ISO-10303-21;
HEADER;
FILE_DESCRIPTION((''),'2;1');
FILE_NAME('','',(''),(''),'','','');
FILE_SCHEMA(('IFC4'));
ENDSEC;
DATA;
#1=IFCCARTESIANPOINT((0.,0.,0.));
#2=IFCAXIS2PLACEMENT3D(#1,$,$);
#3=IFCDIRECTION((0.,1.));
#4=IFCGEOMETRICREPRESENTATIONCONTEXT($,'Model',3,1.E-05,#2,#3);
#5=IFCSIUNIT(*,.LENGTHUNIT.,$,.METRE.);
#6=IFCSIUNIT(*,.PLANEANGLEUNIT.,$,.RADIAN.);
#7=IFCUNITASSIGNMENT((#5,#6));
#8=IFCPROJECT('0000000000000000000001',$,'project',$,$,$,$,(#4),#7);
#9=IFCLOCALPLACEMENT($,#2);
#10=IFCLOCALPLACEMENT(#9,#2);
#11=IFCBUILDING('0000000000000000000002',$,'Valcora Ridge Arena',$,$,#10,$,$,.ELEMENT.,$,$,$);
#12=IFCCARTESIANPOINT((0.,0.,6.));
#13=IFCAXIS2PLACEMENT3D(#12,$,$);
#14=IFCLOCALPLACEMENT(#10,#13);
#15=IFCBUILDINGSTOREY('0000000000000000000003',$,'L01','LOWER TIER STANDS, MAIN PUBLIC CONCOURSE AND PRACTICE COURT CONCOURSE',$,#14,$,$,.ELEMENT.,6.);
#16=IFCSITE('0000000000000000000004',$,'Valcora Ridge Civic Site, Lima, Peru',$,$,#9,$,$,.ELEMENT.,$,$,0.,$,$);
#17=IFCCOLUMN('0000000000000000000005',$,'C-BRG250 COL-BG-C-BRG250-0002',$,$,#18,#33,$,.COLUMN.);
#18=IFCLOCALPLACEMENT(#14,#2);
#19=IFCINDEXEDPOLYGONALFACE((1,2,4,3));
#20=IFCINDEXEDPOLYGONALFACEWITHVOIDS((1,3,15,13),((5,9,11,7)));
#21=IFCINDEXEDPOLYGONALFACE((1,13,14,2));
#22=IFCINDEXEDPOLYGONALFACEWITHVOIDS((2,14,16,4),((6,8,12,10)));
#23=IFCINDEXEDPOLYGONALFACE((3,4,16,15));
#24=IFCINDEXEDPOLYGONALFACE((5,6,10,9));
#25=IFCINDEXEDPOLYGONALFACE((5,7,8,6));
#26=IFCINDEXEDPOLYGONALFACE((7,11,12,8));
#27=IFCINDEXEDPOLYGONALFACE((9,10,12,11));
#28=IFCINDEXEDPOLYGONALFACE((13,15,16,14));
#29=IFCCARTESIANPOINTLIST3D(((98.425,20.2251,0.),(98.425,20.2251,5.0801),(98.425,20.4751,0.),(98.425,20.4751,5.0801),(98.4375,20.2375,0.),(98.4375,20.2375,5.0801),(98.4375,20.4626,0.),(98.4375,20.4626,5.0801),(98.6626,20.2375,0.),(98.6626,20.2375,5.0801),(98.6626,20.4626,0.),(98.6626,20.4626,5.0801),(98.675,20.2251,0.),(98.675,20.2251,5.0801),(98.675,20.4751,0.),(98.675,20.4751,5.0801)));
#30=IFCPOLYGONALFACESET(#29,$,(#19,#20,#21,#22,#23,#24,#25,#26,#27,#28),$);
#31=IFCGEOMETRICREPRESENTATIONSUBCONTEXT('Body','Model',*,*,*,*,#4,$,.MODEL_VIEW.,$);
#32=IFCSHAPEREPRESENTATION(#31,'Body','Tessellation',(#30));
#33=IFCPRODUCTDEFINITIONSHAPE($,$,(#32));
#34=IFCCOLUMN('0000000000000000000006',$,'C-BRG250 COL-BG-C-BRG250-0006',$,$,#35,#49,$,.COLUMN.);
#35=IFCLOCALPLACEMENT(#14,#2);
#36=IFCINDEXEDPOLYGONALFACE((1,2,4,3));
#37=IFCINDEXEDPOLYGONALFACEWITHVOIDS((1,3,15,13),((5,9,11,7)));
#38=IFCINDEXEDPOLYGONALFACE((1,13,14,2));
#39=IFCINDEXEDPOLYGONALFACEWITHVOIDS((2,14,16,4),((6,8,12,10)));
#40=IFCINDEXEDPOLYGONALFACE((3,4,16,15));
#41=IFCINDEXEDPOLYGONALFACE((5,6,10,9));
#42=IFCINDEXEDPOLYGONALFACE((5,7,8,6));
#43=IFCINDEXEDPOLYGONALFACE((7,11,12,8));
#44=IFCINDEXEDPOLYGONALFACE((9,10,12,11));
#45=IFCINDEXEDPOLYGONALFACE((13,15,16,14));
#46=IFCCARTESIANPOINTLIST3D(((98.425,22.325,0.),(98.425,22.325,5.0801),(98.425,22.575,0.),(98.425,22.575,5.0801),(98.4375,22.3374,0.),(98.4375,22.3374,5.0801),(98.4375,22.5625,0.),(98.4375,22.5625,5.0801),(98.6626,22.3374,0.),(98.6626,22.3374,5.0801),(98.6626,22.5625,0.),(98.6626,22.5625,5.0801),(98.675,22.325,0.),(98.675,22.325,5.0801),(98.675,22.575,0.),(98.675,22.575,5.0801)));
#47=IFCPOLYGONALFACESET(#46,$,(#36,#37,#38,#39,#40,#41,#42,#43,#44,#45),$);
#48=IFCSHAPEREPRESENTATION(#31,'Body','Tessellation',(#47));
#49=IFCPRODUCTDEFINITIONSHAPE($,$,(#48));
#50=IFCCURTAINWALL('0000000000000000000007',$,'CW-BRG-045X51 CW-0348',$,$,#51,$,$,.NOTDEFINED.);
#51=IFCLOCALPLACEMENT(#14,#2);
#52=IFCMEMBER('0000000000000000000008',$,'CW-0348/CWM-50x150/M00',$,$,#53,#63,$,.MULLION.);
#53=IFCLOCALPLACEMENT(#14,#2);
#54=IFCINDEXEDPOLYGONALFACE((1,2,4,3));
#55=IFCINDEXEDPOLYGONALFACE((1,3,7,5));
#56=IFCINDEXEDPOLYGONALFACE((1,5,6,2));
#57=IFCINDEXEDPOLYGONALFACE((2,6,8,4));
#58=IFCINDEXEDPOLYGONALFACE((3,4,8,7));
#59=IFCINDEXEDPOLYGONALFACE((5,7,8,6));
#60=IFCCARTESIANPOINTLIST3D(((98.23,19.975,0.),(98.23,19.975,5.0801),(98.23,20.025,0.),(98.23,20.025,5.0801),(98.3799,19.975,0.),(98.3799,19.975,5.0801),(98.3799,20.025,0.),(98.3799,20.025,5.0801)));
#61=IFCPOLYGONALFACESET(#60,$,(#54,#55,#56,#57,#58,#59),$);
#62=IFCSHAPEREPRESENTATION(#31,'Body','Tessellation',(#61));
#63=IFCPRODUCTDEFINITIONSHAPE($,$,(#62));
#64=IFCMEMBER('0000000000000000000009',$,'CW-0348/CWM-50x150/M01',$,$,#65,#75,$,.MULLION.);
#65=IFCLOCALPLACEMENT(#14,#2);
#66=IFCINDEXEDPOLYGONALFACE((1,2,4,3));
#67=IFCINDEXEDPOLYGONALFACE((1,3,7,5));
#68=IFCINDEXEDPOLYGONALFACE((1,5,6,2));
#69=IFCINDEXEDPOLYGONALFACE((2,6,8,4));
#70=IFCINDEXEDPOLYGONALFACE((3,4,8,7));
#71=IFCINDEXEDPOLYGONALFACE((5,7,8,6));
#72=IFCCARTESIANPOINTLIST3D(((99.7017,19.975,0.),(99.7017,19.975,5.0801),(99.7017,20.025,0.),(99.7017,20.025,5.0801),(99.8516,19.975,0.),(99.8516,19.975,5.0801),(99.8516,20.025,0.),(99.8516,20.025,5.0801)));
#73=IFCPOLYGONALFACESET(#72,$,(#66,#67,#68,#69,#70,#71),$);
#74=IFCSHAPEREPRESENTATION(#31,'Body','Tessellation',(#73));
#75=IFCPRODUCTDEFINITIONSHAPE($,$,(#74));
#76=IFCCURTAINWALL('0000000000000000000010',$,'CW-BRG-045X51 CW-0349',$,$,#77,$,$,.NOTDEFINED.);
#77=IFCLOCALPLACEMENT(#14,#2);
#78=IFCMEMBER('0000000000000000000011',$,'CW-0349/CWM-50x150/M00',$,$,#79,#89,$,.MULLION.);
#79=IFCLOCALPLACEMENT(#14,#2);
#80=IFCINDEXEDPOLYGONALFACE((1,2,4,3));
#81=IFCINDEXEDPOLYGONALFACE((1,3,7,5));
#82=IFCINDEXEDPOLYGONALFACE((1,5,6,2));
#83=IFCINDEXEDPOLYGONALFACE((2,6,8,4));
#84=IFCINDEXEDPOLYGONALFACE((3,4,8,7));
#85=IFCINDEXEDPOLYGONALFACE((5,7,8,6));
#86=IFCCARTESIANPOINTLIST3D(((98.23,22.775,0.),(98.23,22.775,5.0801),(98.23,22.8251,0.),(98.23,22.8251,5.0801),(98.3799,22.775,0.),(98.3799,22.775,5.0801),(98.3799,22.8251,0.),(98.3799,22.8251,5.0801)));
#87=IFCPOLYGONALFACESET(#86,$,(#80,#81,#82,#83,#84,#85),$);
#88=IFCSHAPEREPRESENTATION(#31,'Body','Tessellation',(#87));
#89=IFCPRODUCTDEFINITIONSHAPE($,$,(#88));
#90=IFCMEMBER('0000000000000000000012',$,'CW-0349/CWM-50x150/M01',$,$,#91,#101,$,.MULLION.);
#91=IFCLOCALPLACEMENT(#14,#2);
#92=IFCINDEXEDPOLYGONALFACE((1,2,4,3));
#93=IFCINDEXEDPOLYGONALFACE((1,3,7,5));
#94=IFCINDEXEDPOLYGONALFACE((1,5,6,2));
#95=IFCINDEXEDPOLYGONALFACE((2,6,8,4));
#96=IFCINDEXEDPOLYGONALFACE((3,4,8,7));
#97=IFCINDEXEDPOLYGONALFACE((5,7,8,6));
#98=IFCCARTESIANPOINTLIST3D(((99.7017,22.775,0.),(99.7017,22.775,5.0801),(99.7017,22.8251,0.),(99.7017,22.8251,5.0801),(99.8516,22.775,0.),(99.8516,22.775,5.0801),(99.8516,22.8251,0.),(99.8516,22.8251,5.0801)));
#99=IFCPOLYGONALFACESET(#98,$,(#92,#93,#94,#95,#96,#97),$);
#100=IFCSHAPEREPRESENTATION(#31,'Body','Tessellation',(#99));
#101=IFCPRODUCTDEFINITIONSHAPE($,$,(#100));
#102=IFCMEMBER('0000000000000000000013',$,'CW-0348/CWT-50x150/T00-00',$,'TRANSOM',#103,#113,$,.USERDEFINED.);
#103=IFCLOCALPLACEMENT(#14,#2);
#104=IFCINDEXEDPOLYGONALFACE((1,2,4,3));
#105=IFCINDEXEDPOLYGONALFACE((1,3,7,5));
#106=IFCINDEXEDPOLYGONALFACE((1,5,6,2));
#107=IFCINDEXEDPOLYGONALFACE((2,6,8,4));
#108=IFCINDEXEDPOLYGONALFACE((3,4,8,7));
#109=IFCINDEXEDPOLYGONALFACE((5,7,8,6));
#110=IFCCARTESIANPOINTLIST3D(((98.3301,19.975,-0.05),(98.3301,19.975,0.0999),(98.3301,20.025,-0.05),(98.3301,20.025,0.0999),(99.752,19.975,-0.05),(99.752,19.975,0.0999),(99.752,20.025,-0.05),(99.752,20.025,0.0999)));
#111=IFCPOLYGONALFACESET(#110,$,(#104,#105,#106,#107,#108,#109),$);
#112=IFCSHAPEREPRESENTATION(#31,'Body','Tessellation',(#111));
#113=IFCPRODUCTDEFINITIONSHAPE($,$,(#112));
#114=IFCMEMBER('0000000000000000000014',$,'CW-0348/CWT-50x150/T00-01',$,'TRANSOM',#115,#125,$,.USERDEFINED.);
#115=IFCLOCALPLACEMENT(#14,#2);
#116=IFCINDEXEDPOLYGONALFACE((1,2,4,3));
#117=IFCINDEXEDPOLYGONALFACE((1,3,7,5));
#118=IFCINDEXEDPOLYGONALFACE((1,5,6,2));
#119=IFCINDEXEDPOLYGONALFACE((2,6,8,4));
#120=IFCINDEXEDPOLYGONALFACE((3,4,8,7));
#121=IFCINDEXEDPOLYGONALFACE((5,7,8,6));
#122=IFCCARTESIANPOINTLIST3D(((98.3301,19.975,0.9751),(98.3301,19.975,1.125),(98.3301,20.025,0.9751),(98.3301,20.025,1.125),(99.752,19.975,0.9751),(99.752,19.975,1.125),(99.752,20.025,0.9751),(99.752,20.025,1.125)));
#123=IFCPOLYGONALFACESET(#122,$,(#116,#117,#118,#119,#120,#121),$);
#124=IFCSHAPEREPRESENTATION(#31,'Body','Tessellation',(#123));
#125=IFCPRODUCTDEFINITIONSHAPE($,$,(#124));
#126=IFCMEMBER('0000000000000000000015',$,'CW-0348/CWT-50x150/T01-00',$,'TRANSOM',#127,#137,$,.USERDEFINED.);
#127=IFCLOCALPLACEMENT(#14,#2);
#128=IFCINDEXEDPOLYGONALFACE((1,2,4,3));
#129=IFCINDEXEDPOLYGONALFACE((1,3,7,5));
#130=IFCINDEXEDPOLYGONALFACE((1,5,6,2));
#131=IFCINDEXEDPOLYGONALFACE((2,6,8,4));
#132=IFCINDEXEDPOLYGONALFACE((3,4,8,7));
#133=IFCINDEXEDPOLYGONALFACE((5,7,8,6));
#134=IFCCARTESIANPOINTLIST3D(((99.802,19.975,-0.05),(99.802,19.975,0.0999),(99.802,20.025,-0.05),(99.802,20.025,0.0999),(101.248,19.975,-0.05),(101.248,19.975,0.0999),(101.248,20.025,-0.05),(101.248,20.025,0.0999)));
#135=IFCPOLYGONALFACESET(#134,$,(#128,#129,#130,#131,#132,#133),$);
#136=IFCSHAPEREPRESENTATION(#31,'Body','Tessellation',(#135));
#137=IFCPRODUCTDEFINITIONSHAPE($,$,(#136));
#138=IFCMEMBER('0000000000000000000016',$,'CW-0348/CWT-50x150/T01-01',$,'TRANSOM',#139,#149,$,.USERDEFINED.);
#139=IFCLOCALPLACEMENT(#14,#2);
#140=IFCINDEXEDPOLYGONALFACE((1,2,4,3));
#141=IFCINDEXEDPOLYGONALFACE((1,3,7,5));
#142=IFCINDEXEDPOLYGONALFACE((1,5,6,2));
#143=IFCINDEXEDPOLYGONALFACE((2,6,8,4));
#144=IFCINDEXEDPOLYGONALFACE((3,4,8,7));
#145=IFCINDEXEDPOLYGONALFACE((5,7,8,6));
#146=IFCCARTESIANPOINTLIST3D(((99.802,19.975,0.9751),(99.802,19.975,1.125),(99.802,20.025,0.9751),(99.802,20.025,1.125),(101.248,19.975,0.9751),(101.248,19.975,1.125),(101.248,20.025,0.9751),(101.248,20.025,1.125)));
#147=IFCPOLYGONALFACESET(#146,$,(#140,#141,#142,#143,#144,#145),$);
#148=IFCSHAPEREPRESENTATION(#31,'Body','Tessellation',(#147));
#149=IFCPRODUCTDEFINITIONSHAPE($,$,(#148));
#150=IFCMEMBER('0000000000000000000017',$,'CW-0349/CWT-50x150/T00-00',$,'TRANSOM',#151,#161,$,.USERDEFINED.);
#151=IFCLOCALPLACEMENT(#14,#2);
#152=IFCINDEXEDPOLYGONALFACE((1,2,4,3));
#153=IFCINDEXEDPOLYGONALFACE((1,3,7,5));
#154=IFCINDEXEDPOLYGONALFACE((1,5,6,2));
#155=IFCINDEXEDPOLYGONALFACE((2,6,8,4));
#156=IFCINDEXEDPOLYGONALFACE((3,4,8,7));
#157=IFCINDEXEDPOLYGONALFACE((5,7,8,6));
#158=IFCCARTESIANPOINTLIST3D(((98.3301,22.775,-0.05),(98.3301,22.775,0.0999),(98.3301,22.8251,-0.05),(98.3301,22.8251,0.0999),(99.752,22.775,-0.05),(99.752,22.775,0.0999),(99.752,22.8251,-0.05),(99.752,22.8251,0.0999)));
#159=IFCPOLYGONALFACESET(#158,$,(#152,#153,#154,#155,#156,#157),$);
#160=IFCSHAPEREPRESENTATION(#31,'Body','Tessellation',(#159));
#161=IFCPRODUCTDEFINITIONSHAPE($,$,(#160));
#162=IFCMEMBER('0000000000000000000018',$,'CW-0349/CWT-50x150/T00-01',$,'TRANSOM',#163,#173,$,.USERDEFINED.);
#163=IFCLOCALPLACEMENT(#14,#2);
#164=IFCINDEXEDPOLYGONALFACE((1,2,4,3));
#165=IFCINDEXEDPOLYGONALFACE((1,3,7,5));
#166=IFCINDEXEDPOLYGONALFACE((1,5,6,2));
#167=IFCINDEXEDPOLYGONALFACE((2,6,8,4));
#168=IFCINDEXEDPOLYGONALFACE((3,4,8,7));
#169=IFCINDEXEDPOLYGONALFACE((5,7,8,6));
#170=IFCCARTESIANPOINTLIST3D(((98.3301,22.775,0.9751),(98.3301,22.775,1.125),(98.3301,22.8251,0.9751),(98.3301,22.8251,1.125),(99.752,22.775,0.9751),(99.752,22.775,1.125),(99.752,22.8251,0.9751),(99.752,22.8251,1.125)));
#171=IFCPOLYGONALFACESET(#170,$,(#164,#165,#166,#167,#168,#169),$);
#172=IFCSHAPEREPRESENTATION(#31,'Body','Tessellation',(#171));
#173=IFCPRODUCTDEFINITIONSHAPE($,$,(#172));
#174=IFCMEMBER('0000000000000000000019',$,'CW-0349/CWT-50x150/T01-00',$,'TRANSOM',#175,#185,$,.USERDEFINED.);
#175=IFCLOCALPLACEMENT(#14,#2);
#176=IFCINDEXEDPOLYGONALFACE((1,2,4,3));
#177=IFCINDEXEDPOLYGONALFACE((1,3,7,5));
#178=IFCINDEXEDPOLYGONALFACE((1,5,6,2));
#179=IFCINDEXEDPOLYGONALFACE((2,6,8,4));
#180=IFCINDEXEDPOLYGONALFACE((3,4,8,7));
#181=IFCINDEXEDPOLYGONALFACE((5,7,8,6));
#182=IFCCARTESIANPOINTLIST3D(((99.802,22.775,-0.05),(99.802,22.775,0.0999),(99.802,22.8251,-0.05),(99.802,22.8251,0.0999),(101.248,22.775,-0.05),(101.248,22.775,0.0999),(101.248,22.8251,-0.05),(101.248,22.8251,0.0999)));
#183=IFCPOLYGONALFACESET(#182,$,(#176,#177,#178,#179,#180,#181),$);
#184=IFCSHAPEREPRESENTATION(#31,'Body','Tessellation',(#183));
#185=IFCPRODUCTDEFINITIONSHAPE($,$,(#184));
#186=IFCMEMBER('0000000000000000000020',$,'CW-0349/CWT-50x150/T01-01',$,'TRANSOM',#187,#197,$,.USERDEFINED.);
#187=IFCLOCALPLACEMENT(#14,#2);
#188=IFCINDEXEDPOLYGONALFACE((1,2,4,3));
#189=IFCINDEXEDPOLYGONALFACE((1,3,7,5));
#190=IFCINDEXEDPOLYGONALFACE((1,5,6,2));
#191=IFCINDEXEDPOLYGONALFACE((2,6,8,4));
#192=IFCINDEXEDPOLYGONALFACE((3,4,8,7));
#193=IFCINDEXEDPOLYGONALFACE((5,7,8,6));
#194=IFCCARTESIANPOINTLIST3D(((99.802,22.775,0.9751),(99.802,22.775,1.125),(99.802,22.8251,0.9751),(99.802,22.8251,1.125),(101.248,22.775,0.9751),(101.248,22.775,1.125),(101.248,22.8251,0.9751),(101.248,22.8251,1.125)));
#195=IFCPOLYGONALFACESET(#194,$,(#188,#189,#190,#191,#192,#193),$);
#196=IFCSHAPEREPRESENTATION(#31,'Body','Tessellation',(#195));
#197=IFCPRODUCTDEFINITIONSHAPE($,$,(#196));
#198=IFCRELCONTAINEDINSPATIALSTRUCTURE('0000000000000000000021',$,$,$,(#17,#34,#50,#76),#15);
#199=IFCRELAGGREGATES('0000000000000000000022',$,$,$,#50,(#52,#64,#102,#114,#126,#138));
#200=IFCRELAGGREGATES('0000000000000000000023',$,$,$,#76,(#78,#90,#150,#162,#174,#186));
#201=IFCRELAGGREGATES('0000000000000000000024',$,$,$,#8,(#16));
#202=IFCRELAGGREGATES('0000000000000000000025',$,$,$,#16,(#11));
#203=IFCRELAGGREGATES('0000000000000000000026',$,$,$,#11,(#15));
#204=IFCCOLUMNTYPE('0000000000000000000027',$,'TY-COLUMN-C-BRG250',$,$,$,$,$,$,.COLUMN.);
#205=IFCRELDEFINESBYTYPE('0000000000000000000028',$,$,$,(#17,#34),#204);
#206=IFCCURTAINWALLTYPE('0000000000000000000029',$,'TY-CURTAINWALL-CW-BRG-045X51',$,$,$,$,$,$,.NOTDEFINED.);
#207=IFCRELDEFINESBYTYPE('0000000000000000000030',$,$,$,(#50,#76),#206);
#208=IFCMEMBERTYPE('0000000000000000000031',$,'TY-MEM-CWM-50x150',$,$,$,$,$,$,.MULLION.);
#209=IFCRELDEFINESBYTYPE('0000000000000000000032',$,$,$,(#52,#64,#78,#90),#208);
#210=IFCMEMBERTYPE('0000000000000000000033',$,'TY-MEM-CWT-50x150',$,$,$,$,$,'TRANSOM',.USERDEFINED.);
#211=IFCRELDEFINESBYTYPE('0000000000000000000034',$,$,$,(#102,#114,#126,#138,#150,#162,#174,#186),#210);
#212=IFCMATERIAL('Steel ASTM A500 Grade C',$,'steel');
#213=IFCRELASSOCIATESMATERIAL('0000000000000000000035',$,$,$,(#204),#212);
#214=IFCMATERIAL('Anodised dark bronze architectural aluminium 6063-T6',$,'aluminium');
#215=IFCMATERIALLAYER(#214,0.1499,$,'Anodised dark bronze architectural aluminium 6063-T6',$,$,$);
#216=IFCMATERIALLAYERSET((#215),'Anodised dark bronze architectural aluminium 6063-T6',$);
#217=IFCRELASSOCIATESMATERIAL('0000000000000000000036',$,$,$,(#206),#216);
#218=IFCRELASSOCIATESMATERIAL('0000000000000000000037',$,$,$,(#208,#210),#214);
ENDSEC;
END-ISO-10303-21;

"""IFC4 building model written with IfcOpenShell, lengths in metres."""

from ifc_helpers import new_model, si_unit, direction, frame, origin, origin_2d, place, context, subcontext, project, spatial, rectangle, hollow_rectangle, extrude, material, layer, layer_set, material_profile, profile_set, type_object, element, aggregate, save


model = new_model("IFC4")

# Units and contexts
model_context = context("Model", 3, precision=1e-05, world=origin(), true_north=direction((0.0, 1.0)))
body_context = subcontext(model_context, "Body", "Model", "MODEL_VIEW")
ifc_project = project(units=[si_unit("LENGTHUNIT", "METRE"), si_unit("PLANEANGLEUNIT", "RADIAN")], contexts=[model_context])

# Site, building, storey
site_placement = place(None, origin())
site = spatial("IfcSite", under=ifc_project, at=site_placement, Name="Valcora Ridge Civic Site, Lima, Peru", CompositionType="ELEMENT", RefElevation=0.0)
building_placement = place(site_placement, origin())
building = spatial("IfcBuilding", under=site, at=building_placement, Name="Valcora Ridge Arena", CompositionType="ELEMENT")
storey_placement = place(building_placement, frame((0.0, 0.0, 6.0)))
storey = spatial("IfcBuildingStorey", under=building, at=storey_placement, Name="L01", Description="LOWER TIER STANDS, MAIN PUBLIC CONCOURSE AND PRACTICE COURT CONCOURSE", CompositionType="ELEMENT", Elevation=6.0)

# Columns
ifc_material_1 = material(Name="Steel ASTM A500 Grade C", Category="steel")
ifc_material_profile_1 = material_profile(ifc_material_1, hollow_rectangle(XDim=0.25, YDim=0.25, WallThickness=0.0125, at=origin_2d()), Name="HSS250X250X12")
ifc_profile_set_1 = profile_set([ifc_material_profile_1], Name="Steel ASTM A500 Grade C")
column_type = type_object("IfcColumnType", Name="TY-COLUMN-C-BRG250", PredefinedType="COLUMN", material=ifc_profile_set_1)
for number, where, z_axis, x_axis, name in (
    (1, (98.55, 20.3501, 0.0), (0.0, 0.0, 1.0), (1.0, 0.0, 0.0), "C-BRG250 COL-BG-C-BRG250-0002"),
    (2, (98.55, 22.45, 0.0), (0.0, 0.0, 1.0), (1.0, 0.0, 0.0), "C-BRG250 COL-BG-C-BRG250-0006"),
):
    element("IfcColumn", number, at=place(storey_placement, frame(where, z_axis=z_axis, x_axis=x_axis)), inside=storey, type_object=column_type, Name=name, PredefinedType="COLUMN", context=body_context, shape_type="SweptSolid", body=[
        extrude(hollow_rectangle(XDim=0.25, YDim=0.25, WallThickness=0.0125, at=origin_2d()), origin(), (0.0, 0.0, 1.0), 5.0801),
    ])

# Curtain walls, members
ifc_material_2 = material(Name="Anodised dark bronze architectural aluminium 6063-T6", Category="aluminium")
ifc_layer_1 = layer(ifc_material_2, 0.1499, Name="Anodised dark bronze architectural aluminium 6063-T6")
ifc_layer_set_1 = layer_set([ifc_layer_1], Name="Anodised dark bronze architectural aluminium 6063-T6")
curtain_wall_type = type_object("IfcCurtainWallType", Name="TY-CURTAINWALL-CW-BRG-045X51", PredefinedType="NOTDEFINED", material=ifc_layer_set_1)
curtain_wall_1_placement = place(storey_placement, origin())
curtain_wall_1 = element("IfcCurtainWall", 3, at=curtain_wall_1_placement, inside=storey, type_object=curtain_wall_type, Name="CW-BRG-045X51 CW-0348", PredefinedType="NOTDEFINED")
ifc_material_profile_2 = material_profile(ifc_material_2, rectangle(XDim=0.05, YDim=0.1499, at=origin_2d()), Name="ALU MULLION 50x150")
ifc_profile_set_2 = profile_set([ifc_material_profile_2], Name="Anodised dark bronze architectural aluminium 6063-T6")
member_type_1 = type_object("IfcMemberType", Name="TY-MEM-CWM-50x150", PredefinedType="MULLION", material=ifc_profile_set_2)
member_1_placement = place(storey_placement, frame((98.3049, 20.0, 0.0), z_axis=(0.0, 0.0, 1.0), x_axis=(0.0, 1.0, 0.0)))
member_1 = element("IfcMember", 4, at=member_1_placement, type_object=member_type_1, Name="CW-0348/CWM-50x150/M00", PredefinedType="MULLION", context=body_context, shape_type="SweptSolid", body=[
    extrude(rectangle(XDim=0.05, YDim=0.1499, at=origin_2d()), origin(), (0.0, 0.0, 1.0), 5.0801),
])
member_2_placement = place(storey_placement, frame((99.7766, 20.0, 0.0), z_axis=(0.0, 0.0, 1.0), x_axis=(0.0, 1.0, 0.0)))
member_2 = element("IfcMember", 5, at=member_2_placement, type_object=member_type_1, Name="CW-0348/CWM-50x150/M01", PredefinedType="MULLION", context=body_context, shape_type="SweptSolid", body=[
    extrude(rectangle(XDim=0.05, YDim=0.1499, at=origin_2d()), origin(), (0.0, 0.0, 1.0), 5.0801),
])
curtain_wall_2_placement = place(storey_placement, origin())
curtain_wall_2 = element("IfcCurtainWall", 6, at=curtain_wall_2_placement, inside=storey, type_object=curtain_wall_type, Name="CW-BRG-045X51 CW-0349", PredefinedType="NOTDEFINED")
member_3_placement = place(storey_placement, frame((98.3049, 22.8, 0.0), z_axis=(0.0, 0.0, 1.0), x_axis=(0.0, 1.0, 0.0)))
member_3 = element("IfcMember", 7, at=member_3_placement, type_object=member_type_1, Name="CW-0349/CWM-50x150/M00", PredefinedType="MULLION", context=body_context, shape_type="SweptSolid", body=[
    extrude(rectangle(XDim=0.05, YDim=0.1499, at=origin_2d()), origin(), (0.0, 0.0, 1.0), 5.0801),
])
member_4_placement = place(storey_placement, frame((99.7766, 22.8, 0.0), z_axis=(0.0, 0.0, 1.0), x_axis=(0.0, 1.0, 0.0)))
member_4 = element("IfcMember", 8, at=member_4_placement, type_object=member_type_1, Name="CW-0349/CWM-50x150/M01", PredefinedType="MULLION", context=body_context, shape_type="SweptSolid", body=[
    extrude(rectangle(XDim=0.05, YDim=0.1499, at=origin_2d()), origin(), (0.0, 0.0, 1.0), 5.0801),
])

# Members
ifc_material_profile_3 = material_profile(ifc_material_2, rectangle(XDim=0.05, YDim=0.1499, at=origin_2d()), Name="ALU TRANSOM 50x150")
ifc_profile_set_3 = profile_set([ifc_material_profile_3], Name="Anodised dark bronze architectural aluminium 6063-T6")
member_type_2 = type_object("IfcMemberType", Name="TY-MEM-CWT-50x150", ElementType="TRANSOM", PredefinedType="USERDEFINED", material=ifc_profile_set_3)
member_5_placement = place(storey_placement, frame((98.3301, 20.0, 0.0249), z_axis=(1.0, 0.0, 0.0), x_axis=(0.0, 1.0, 0.0)))
member_5 = element("IfcMember", 9, at=member_5_placement, type_object=member_type_2, Name="CW-0348/CWT-50x150/T00-00", ObjectType="TRANSOM", PredefinedType="USERDEFINED", context=body_context, shape_type="SweptSolid", body=[
    extrude(rectangle(XDim=0.05, YDim=0.1499, at=origin_2d()), origin(), (0.0, 0.0, 1.0), 1.4219),
])
member_6_placement = place(storey_placement, frame((98.3301, 20.0, 1.05), z_axis=(1.0, 0.0, 0.0), x_axis=(0.0, 1.0, 0.0)))
member_6 = element("IfcMember", 10, at=member_6_placement, type_object=member_type_2, Name="CW-0348/CWT-50x150/T00-01", ObjectType="TRANSOM", PredefinedType="USERDEFINED", context=body_context, shape_type="SweptSolid", body=[
    extrude(rectangle(XDim=0.05, YDim=0.1499, at=origin_2d()), origin(), (0.0, 0.0, 1.0), 1.4219),
])
member_7_placement = place(storey_placement, frame((99.802, 20.0, 0.0249), z_axis=(1.0, 0.0, 0.0), x_axis=(0.0, 1.0, 0.0)))
member_7 = element("IfcMember", 11, at=member_7_placement, type_object=member_type_2, Name="CW-0348/CWT-50x150/T01-00", ObjectType="TRANSOM", PredefinedType="USERDEFINED", context=body_context, shape_type="SweptSolid", body=[
    extrude(rectangle(XDim=0.05, YDim=0.1499, at=origin_2d()), origin(), (0.0, 0.0, 1.0), 1.446),
])
member_8_placement = place(storey_placement, frame((99.802, 20.0, 1.05), z_axis=(1.0, 0.0, 0.0), x_axis=(0.0, 1.0, 0.0)))
member_8 = element("IfcMember", 12, at=member_8_placement, type_object=member_type_2, Name="CW-0348/CWT-50x150/T01-01", ObjectType="TRANSOM", PredefinedType="USERDEFINED", context=body_context, shape_type="SweptSolid", body=[
    extrude(rectangle(XDim=0.05, YDim=0.1499, at=origin_2d()), origin(), (0.0, 0.0, 1.0), 1.446),
])
member_9_placement = place(storey_placement, frame((98.3301, 22.8, 0.0249), z_axis=(1.0, 0.0, 0.0), x_axis=(0.0, 1.0, 0.0)))
member_9 = element("IfcMember", 13, at=member_9_placement, type_object=member_type_2, Name="CW-0349/CWT-50x150/T00-00", ObjectType="TRANSOM", PredefinedType="USERDEFINED", context=body_context, shape_type="SweptSolid", body=[
    extrude(rectangle(XDim=0.05, YDim=0.1499, at=origin_2d()), origin(), (0.0, 0.0, 1.0), 1.4219),
])
member_10_placement = place(storey_placement, frame((98.3301, 22.8, 1.05), z_axis=(1.0, 0.0, 0.0), x_axis=(0.0, 1.0, 0.0)))
member_10 = element("IfcMember", 14, at=member_10_placement, type_object=member_type_2, Name="CW-0349/CWT-50x150/T00-01", ObjectType="TRANSOM", PredefinedType="USERDEFINED", context=body_context, shape_type="SweptSolid", body=[
    extrude(rectangle(XDim=0.05, YDim=0.1499, at=origin_2d()), origin(), (0.0, 0.0, 1.0), 1.4219),
])
member_11_placement = place(storey_placement, frame((99.802, 22.8, 0.0249), z_axis=(1.0, 0.0, 0.0), x_axis=(0.0, 1.0, 0.0)))
member_11 = element("IfcMember", 15, at=member_11_placement, type_object=member_type_2, Name="CW-0349/CWT-50x150/T01-00", ObjectType="TRANSOM", PredefinedType="USERDEFINED", context=body_context, shape_type="SweptSolid", body=[
    extrude(rectangle(XDim=0.05, YDim=0.1499, at=origin_2d()), origin(), (0.0, 0.0, 1.0), 1.446),
])
member_12_placement = place(storey_placement, frame((99.802, 22.8, 1.05), z_axis=(1.0, 0.0, 0.0), x_axis=(0.0, 1.0, 0.0)))
member_12 = element("IfcMember", 16, at=member_12_placement, type_object=member_type_2, Name="CW-0349/CWT-50x150/T01-01", ObjectType="TRANSOM", PredefinedType="USERDEFINED", context=body_context, shape_type="SweptSolid", body=[
    extrude(rectangle(XDim=0.05, YDim=0.1499, at=origin_2d()), origin(), (0.0, 0.0, 1.0), 1.446),
])

aggregate(curtain_wall_1, [member_1, member_2, member_5, member_6, member_7, member_8])
aggregate(curtain_wall_2, [member_3, member_4, member_9, member_10, member_11, member_12])

save(model, "model.ifc")
